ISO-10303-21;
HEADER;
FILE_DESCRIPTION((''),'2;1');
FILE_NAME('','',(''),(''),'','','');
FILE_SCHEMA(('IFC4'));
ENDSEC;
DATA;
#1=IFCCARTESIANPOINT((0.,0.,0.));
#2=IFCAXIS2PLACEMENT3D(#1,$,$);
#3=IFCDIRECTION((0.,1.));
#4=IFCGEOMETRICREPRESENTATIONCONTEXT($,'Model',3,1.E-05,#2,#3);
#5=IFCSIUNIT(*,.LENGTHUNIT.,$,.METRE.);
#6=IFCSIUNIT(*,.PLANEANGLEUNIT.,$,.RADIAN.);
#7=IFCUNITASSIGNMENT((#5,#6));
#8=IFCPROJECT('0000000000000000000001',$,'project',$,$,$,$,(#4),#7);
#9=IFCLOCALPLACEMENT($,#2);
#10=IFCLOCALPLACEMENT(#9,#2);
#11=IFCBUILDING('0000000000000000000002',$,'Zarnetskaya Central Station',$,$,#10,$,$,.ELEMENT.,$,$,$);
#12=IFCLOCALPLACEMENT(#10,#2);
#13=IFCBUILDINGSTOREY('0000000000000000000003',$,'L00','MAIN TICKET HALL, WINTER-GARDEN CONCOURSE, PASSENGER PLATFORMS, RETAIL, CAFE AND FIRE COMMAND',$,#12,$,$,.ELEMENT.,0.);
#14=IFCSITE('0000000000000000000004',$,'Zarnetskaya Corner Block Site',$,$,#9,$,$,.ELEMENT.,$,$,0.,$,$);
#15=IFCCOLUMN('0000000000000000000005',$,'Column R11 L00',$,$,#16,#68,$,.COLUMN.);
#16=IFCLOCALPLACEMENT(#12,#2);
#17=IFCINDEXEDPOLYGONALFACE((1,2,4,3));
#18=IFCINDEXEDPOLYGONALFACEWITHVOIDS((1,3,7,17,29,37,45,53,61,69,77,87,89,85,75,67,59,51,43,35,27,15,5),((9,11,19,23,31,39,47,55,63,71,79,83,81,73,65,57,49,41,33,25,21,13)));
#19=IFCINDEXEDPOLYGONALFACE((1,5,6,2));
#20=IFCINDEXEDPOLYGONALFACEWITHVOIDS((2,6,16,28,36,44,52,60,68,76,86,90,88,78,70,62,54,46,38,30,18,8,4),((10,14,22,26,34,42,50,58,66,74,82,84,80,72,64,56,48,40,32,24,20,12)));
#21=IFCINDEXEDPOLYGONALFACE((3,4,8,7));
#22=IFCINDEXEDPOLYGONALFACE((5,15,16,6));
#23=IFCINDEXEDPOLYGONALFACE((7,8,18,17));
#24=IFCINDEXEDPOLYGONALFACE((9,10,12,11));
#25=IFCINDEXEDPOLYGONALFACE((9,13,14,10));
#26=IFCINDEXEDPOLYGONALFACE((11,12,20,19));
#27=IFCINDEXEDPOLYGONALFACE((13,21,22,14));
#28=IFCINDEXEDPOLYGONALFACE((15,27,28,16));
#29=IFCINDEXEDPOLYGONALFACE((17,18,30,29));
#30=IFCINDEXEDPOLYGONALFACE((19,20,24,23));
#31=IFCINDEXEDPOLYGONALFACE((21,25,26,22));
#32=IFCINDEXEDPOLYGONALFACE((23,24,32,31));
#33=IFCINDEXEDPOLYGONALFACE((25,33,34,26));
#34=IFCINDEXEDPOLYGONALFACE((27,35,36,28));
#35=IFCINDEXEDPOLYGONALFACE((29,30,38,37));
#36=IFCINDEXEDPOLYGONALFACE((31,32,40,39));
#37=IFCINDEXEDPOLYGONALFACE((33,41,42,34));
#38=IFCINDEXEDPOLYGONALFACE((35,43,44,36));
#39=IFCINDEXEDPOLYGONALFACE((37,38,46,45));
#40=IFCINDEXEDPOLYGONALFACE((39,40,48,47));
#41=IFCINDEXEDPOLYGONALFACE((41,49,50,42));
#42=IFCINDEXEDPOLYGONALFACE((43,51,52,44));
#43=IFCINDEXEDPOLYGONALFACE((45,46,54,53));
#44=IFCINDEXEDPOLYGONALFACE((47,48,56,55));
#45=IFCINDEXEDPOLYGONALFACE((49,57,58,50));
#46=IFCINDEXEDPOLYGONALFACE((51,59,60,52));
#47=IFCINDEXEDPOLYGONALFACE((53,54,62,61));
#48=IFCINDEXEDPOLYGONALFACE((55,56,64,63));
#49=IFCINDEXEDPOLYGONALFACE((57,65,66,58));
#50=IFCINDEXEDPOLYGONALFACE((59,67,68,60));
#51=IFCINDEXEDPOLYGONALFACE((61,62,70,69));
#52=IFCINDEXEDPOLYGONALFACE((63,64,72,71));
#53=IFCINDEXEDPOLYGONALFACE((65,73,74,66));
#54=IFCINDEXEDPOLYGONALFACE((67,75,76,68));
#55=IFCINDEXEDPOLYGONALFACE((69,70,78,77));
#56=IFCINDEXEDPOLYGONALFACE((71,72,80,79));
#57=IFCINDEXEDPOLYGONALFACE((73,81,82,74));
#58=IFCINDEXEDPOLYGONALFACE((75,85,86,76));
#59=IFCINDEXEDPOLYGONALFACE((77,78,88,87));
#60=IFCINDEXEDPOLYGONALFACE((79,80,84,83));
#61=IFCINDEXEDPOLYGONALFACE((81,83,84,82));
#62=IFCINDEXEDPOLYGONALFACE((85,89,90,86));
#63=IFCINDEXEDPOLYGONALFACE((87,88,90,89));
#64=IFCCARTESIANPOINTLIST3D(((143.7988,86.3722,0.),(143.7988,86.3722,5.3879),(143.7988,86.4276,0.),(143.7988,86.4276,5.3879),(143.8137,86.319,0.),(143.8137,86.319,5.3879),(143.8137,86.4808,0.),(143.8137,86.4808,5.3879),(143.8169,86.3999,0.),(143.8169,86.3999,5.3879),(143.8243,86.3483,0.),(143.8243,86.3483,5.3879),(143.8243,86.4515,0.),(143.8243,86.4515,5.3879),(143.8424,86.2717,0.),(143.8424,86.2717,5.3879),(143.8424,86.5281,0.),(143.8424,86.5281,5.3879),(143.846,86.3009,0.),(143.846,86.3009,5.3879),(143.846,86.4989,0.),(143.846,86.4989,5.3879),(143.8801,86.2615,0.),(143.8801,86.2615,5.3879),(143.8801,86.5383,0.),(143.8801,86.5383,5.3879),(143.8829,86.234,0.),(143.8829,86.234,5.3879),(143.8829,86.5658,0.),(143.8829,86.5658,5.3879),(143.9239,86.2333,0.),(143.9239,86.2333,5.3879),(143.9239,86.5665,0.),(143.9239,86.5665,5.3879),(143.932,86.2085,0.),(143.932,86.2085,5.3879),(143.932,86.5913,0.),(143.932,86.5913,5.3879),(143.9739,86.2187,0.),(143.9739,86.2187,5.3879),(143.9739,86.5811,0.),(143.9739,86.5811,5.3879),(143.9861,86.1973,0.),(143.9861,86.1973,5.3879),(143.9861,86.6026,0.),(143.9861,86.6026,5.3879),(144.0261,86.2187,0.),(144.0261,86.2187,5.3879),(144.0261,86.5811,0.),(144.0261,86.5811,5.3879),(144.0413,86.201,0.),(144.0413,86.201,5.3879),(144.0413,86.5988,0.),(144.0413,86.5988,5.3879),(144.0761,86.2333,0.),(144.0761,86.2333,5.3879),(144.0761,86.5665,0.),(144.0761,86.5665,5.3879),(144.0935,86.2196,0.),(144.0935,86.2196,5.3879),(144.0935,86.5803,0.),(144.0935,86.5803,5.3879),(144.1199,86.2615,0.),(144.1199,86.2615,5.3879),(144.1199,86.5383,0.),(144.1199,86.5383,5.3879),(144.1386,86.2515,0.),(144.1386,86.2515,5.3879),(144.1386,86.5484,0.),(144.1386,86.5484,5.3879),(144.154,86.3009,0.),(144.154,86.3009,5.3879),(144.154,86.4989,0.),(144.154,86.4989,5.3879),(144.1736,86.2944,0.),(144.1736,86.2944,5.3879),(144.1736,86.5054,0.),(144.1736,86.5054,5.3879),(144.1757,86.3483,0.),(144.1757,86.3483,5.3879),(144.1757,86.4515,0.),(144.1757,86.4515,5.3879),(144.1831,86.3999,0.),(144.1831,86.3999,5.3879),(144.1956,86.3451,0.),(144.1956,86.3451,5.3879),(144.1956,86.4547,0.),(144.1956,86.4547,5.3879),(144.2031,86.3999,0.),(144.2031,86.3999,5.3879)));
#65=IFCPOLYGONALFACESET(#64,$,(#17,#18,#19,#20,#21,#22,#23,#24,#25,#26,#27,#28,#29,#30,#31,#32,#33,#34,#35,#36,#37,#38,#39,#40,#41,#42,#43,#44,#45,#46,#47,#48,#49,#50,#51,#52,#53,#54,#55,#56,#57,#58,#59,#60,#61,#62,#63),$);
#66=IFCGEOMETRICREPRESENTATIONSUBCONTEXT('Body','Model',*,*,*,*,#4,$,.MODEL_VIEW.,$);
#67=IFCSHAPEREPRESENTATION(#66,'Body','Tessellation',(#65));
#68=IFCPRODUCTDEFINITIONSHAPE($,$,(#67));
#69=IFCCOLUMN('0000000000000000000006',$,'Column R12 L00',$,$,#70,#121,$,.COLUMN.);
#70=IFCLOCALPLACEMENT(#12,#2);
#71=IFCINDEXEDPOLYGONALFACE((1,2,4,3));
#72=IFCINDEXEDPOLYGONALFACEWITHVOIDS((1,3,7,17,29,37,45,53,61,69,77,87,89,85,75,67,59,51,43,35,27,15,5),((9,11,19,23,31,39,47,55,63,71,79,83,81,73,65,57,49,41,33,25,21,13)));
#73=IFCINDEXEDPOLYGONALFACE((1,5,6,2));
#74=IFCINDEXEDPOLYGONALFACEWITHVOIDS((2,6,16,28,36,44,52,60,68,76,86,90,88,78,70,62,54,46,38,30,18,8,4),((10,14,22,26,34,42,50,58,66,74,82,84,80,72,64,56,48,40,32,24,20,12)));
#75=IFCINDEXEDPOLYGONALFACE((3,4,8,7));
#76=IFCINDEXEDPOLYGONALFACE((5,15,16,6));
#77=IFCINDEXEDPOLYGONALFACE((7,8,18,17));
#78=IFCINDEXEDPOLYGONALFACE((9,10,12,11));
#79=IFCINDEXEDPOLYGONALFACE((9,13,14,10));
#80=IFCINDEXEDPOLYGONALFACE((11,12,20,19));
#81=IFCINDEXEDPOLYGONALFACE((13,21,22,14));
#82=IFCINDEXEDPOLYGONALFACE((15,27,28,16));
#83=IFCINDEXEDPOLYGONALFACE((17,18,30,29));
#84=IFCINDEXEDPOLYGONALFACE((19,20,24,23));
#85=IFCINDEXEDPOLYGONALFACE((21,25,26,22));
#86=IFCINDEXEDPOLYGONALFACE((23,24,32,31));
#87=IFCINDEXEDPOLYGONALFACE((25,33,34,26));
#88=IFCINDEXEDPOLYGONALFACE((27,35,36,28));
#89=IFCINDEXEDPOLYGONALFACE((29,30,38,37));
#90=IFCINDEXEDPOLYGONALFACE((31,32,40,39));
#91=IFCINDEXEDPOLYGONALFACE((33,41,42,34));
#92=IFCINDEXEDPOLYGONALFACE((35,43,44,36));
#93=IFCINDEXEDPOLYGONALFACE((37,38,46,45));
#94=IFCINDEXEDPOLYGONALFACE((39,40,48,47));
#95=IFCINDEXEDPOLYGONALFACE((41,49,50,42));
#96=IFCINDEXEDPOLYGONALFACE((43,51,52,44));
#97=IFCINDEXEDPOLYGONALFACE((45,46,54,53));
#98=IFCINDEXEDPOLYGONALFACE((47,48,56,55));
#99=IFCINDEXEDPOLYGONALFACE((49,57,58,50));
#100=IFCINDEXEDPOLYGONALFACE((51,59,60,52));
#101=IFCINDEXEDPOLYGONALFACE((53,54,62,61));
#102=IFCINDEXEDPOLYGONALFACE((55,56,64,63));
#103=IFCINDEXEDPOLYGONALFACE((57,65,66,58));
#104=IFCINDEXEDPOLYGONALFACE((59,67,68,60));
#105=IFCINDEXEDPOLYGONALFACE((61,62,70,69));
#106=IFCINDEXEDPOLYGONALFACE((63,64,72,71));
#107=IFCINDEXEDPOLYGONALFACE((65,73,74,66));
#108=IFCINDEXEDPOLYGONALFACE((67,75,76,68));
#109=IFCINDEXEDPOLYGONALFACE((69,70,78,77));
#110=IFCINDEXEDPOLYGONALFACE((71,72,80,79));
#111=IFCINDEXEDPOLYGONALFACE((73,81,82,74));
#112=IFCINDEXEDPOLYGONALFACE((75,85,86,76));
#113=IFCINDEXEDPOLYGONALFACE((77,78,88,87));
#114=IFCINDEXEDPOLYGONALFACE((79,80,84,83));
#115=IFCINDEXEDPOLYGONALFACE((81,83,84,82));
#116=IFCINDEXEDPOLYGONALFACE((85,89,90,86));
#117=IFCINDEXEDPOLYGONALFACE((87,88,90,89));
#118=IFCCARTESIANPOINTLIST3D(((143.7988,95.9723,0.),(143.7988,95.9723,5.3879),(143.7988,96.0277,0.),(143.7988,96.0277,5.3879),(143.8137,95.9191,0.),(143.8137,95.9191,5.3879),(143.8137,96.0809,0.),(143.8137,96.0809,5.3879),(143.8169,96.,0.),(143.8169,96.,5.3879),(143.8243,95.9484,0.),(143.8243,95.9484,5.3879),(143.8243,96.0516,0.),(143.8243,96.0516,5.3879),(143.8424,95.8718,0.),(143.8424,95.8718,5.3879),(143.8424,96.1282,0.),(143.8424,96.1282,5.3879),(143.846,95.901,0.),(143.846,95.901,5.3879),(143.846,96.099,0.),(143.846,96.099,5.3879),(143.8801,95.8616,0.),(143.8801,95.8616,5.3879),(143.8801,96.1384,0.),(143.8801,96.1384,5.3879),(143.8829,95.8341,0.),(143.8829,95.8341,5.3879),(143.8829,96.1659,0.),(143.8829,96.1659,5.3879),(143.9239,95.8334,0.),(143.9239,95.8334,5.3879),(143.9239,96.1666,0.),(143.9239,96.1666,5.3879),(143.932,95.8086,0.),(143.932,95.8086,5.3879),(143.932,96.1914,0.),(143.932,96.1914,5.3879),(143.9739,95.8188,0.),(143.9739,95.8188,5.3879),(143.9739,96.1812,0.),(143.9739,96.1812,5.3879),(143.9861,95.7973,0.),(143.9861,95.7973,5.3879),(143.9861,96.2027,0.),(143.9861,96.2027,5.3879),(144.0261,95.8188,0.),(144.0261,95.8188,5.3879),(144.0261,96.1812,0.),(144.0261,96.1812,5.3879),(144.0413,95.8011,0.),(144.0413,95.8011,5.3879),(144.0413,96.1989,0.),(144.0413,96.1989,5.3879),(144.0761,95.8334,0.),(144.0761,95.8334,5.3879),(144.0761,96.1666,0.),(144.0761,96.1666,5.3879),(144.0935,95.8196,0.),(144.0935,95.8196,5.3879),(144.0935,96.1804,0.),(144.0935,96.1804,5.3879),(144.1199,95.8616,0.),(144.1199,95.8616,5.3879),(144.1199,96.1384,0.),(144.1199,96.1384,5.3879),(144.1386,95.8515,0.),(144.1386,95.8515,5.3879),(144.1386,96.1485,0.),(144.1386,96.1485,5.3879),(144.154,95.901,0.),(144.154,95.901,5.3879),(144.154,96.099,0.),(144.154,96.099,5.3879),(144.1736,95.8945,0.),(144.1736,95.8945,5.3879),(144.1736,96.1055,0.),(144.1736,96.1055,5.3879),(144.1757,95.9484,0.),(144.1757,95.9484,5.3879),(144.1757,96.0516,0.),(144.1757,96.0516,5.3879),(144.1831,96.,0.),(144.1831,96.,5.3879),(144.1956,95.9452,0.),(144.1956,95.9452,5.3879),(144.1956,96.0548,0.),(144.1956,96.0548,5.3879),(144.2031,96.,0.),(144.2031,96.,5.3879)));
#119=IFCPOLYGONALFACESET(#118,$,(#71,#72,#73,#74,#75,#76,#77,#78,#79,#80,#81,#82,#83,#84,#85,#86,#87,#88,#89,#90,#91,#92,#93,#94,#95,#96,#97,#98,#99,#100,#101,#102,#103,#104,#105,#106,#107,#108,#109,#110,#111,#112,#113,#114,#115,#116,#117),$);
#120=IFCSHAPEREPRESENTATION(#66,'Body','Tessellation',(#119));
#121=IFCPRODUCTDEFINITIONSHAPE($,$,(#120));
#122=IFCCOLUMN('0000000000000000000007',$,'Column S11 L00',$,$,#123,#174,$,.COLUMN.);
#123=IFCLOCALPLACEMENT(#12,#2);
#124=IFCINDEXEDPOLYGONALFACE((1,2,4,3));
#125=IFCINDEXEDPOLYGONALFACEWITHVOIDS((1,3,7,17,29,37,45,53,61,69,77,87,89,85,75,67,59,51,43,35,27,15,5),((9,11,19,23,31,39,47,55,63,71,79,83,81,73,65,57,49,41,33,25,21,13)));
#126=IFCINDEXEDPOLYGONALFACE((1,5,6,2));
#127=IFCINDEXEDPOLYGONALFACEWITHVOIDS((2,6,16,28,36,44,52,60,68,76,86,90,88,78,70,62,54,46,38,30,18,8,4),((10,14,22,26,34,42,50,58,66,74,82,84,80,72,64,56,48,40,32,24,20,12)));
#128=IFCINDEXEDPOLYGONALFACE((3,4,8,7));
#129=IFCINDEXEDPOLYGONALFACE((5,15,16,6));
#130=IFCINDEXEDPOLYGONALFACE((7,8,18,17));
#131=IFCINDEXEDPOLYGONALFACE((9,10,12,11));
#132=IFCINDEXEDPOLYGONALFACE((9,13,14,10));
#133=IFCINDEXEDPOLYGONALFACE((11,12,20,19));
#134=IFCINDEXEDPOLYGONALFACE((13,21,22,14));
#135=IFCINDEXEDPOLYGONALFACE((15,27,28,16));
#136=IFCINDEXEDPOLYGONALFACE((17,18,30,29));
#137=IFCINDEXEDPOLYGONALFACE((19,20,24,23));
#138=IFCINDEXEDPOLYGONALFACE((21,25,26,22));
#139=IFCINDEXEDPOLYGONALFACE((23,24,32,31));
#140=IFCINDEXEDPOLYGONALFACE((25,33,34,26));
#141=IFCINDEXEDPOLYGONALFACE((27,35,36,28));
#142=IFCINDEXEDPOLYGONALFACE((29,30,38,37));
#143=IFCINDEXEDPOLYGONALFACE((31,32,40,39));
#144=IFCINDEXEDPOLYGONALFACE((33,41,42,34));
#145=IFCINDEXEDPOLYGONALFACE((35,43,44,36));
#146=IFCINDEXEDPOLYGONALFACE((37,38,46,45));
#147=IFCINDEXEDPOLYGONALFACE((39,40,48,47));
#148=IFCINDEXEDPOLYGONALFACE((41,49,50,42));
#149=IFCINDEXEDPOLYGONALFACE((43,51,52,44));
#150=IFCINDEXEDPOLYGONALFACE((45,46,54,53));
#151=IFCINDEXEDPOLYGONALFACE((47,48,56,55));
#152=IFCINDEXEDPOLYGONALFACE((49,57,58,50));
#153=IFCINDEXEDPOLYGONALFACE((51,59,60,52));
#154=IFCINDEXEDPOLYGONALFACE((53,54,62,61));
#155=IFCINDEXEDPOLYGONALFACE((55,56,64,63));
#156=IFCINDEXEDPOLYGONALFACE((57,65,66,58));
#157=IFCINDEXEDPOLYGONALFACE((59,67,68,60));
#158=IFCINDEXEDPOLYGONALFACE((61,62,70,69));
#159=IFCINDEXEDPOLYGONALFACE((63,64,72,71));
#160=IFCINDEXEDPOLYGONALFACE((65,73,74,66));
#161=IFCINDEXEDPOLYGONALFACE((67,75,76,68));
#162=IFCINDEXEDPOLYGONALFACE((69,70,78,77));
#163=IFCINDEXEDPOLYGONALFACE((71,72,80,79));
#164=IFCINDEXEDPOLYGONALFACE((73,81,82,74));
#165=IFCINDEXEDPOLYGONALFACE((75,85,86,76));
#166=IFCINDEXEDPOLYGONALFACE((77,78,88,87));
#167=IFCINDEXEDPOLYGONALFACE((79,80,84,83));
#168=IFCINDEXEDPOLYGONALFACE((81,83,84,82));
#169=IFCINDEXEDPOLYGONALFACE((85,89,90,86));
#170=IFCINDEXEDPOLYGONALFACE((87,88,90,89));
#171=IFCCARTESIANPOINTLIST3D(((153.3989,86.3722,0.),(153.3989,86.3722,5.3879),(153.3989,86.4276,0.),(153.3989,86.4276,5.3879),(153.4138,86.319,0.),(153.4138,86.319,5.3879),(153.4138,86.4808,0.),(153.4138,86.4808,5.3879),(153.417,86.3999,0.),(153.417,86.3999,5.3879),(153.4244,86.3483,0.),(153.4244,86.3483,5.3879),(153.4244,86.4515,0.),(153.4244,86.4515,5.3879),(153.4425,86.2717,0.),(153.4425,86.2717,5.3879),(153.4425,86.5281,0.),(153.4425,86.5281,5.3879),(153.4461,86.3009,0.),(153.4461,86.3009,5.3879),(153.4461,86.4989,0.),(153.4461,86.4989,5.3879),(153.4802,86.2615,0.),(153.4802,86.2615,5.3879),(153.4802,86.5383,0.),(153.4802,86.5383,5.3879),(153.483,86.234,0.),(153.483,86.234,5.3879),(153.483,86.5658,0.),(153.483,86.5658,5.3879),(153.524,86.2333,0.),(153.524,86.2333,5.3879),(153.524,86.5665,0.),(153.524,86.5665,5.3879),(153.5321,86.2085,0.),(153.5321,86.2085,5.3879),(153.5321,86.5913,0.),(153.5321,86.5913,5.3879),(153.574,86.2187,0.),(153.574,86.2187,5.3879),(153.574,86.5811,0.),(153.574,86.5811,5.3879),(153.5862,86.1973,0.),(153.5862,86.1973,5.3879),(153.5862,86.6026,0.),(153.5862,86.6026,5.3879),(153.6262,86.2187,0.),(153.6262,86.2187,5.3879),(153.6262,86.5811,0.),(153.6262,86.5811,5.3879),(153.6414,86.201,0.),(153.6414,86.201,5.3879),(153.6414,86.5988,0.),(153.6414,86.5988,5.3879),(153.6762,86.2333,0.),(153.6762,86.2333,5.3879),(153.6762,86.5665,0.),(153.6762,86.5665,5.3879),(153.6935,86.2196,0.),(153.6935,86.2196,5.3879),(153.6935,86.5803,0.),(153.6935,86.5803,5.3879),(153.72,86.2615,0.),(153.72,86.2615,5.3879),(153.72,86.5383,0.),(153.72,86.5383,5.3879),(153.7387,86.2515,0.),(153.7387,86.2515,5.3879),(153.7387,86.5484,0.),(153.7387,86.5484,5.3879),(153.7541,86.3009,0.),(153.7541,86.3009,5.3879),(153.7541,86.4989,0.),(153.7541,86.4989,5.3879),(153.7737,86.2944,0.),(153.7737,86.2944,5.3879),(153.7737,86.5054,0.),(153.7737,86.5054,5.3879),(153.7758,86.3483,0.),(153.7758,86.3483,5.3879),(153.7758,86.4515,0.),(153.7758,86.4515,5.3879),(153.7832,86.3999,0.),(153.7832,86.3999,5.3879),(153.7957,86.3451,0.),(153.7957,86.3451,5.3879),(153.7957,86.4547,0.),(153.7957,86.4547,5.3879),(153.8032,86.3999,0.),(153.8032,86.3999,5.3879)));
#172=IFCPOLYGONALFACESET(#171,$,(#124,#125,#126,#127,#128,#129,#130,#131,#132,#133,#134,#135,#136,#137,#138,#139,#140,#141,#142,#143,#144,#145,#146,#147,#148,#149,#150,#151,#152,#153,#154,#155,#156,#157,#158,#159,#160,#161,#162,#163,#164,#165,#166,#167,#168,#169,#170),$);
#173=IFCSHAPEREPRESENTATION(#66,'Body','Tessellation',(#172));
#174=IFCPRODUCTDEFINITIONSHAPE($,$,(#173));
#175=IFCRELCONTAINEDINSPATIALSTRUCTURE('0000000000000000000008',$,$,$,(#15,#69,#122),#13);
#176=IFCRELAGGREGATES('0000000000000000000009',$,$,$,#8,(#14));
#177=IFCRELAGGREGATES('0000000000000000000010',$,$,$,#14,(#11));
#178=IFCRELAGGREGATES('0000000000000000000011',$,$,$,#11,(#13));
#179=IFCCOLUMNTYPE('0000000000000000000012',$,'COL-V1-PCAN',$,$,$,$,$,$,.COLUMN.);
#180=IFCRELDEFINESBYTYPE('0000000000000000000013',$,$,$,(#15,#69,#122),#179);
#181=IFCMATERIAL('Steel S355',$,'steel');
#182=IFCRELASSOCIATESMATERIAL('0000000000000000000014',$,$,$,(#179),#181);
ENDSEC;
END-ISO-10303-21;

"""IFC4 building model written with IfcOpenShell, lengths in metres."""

from ifc_helpers import new_model, si_unit, direction, frame, origin, origin_2d, place, context, subcontext, project, spatial, hollow_circle, extrude, material, material_profile, profile_set, type_object, element, save


model = new_model("IFC4")

# Units and contexts
model_context = context("Model", 3, precision=1e-05, world=origin(), true_north=direction((0.0, 1.0)))
body_context = subcontext(model_context, "Body", "Model", "MODEL_VIEW")
ifc_project = project(units=[si_unit("LENGTHUNIT", "METRE"), si_unit("PLANEANGLEUNIT", "RADIAN")], contexts=[model_context])

# Site, building, storey
site_placement = place(None, origin())
site = spatial("IfcSite", under=ifc_project, at=site_placement, Name="Zarnetskaya Corner Block Site", CompositionType="ELEMENT", RefElevation=0.0)
building_placement = place(site_placement, origin())
building = spatial("IfcBuilding", under=site, at=building_placement, Name="Zarnetskaya Central Station", CompositionType="ELEMENT")
storey_placement = place(building_placement, origin())
storey = spatial("IfcBuildingStorey", under=building, at=storey_placement, Name="L00", Description="MAIN TICKET HALL, WINTER-GARDEN CONCOURSE, PASSENGER PLATFORMS, RETAIL, CAFE AND FIRE COMMAND", CompositionType="ELEMENT", Elevation=0.0)

# Columns
ifc_material = material(Name="Steel S355", Category="steel")
ifc_material_profile_1 = material_profile(ifc_material, hollow_circle(Radius=0.2031, WallThickness=0.02, at=origin_2d()), Name="CHS 406.4x20")
ifc_profile_set_1 = profile_set([ifc_material_profile_1], Name="Steel S355")
column_type = type_object("IfcColumnType", Name="COL-V1-PCAN", PredefinedType="COLUMN", material=ifc_profile_set_1)
for number, where, z_axis, x_axis, name in (
    (1, (144.0, 86.3999, 0.0), (0.0, 0.0, 1.0), (1.0, 0.0, 0.0), "Column R11 L00"),
    (2, (144.0, 96.0, 0.0), (0.0, 0.0, 1.0), (1.0, 0.0, 0.0), "Column R12 L00"),
    (3, (153.6001, 86.3999, 0.0), (0.0, 0.0, 1.0), (1.0, 0.0, 0.0), "Column S11 L00"),
):
    element("IfcColumn", number, at=place(storey_placement, frame(where, z_axis=z_axis, x_axis=x_axis)), inside=storey, type_object=column_type, Name=name, PredefinedType="COLUMN", context=body_context, shape_type="SweptSolid", body=[
        extrude(hollow_circle(Radius=0.2031, WallThickness=0.02, at=origin_2d()), origin(), (0.0, 0.0, 1.0), 5.3879),
    ])

save(model, "model.ifc")
